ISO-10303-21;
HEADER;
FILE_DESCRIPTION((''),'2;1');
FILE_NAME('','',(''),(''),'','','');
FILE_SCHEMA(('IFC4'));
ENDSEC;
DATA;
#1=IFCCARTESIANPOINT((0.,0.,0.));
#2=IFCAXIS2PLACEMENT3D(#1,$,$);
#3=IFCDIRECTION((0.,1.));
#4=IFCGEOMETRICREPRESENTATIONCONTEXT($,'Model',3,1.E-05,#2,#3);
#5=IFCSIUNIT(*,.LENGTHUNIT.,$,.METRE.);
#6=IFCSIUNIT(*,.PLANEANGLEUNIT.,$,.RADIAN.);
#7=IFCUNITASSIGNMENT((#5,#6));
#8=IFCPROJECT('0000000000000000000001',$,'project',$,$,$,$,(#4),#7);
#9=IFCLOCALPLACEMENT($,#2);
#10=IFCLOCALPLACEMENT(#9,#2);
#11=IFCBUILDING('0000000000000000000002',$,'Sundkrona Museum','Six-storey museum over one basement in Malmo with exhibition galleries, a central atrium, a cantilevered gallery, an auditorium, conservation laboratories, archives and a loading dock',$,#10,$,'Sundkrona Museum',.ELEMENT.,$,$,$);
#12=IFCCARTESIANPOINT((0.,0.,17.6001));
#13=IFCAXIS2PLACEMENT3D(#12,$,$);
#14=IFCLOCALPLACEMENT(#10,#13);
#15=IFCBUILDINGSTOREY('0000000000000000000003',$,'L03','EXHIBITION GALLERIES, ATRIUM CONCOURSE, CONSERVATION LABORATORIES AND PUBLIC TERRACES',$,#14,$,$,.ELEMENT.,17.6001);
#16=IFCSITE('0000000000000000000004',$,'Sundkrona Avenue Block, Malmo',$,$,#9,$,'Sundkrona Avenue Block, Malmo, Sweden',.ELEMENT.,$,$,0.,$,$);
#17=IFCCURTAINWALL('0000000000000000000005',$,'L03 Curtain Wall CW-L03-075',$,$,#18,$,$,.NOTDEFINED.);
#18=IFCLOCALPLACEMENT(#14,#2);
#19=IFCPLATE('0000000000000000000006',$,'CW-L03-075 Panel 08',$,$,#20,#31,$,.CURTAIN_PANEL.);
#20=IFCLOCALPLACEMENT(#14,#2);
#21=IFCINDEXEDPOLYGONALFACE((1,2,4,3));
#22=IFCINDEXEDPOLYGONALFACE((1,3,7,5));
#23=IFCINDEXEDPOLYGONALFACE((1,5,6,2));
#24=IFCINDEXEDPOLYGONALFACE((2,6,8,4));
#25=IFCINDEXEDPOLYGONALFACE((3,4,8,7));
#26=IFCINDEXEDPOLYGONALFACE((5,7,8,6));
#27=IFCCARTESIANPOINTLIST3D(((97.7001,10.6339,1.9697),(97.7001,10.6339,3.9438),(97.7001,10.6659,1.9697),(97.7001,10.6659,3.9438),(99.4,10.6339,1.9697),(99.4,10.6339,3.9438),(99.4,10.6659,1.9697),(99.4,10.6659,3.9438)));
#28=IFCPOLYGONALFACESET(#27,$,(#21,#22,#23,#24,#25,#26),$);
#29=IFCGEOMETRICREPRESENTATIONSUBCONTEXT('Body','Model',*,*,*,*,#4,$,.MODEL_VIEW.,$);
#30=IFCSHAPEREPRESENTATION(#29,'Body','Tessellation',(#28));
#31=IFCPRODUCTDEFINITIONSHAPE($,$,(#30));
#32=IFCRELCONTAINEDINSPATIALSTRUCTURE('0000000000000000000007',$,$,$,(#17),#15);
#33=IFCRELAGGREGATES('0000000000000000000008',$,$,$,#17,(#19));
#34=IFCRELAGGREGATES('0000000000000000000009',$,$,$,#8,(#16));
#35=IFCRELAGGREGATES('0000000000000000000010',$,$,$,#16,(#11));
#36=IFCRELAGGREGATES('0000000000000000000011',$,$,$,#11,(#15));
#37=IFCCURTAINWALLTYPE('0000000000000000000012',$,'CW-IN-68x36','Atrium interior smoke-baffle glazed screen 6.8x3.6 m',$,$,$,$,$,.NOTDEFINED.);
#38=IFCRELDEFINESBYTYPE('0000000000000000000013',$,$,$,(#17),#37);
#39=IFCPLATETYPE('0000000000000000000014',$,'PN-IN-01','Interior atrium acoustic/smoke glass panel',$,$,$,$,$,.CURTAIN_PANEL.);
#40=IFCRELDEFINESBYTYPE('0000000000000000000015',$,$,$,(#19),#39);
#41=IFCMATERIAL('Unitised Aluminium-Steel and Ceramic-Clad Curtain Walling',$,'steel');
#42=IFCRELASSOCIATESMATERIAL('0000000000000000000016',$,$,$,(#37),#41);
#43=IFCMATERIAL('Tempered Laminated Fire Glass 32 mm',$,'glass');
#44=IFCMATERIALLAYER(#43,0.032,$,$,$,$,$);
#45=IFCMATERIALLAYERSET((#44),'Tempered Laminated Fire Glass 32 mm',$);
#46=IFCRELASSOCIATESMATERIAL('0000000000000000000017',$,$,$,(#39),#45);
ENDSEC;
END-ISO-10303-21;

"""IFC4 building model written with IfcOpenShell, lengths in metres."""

from ifc_helpers import new_model, si_unit, direction, frame, origin, origin_2d, place, context, subcontext, project, spatial, rectangle, extrude, material, layer, layer_set, type_object, element, aggregate, save


model = new_model("IFC4")

# Units and contexts
model_context = context("Model", 3, precision=1e-05, world=origin(), true_north=direction((0.0, 1.0)))
body_context = subcontext(model_context, "Body", "Model", "MODEL_VIEW")
ifc_project = project(units=[si_unit("LENGTHUNIT", "METRE"), si_unit("PLANEANGLEUNIT", "RADIAN")], contexts=[model_context])

# Site, building, storey
site_placement = place(None, origin())
site = spatial("IfcSite", under=ifc_project, at=site_placement, Name="Sundkrona Avenue Block, Malmo", LongName="Sundkrona Avenue Block, Malmo, Sweden", CompositionType="ELEMENT", RefElevation=0.0)
building_placement = place(site_placement, origin())
building = spatial("IfcBuilding", under=site, at=building_placement, Name="Sundkrona Museum", Description="Six-storey museum over one basement in Malmo with exhibition galleries, a central atrium, a cantilevered gallery, an auditorium, conservation laboratories, archives and a loading dock", LongName="Sundkrona Museum", CompositionType="ELEMENT")
storey_placement = place(building_placement, frame((0.0, 0.0, 17.6001)))
storey = spatial("IfcBuildingStorey", under=building, at=storey_placement, Name="L03", Description="EXHIBITION GALLERIES, ATRIUM CONCOURSE, CONSERVATION LABORATORIES AND PUBLIC TERRACES", CompositionType="ELEMENT", Elevation=17.6001)

# Curtain wall, plate
ifc_material_1 = material(Name="Unitised Aluminium-Steel and Ceramic-Clad Curtain Walling", Category="steel")
curtain_wall_type = type_object("IfcCurtainWallType", Name="CW-IN-68x36", Description="Atrium interior smoke-baffle glazed screen 6.8x3.6 m", PredefinedType="NOTDEFINED", material=ifc_material_1)
curtain_wall_placement = place(storey_placement, origin())
curtain_wall = element("IfcCurtainWall", 1, at=curtain_wall_placement, inside=storey, type_object=curtain_wall_type, Name="L03 Curtain Wall CW-L03-075", PredefinedType="NOTDEFINED")
ifc_material_2 = material(Name="Tempered Laminated Fire Glass 32 mm", Category="glass")
ifc_layer = layer(ifc_material_2, 0.032)
ifc_layer_set = layer_set([ifc_layer], Name="Tempered Laminated Fire Glass 32 mm")
plate_type = type_object("IfcPlateType", Name="PN-IN-01", Description="Interior atrium acoustic/smoke glass panel", PredefinedType="CURTAIN_PANEL", material=ifc_layer_set)
plate_1_placement = place(storey_placement, frame((98.55, 10.6499, 1.9697), z_axis=(0.0, 0.0, 1.0), x_axis=(1.0, 0.0, 0.0)))
plate_1 = element("IfcPlate", 2, at=plate_1_placement, type_object=plate_type, Name="CW-L03-075 Panel 08", PredefinedType="CURTAIN_PANEL", context=body_context, shape_type="SweptSolid", body=[
    extrude(rectangle(XDim=1.7, YDim=0.032, at=origin_2d()), origin(), (0.0, 0.0, 1.0), 1.9741),
])
aggregate(curtain_wall, [plate_1])

save(model, "model.ifc")
